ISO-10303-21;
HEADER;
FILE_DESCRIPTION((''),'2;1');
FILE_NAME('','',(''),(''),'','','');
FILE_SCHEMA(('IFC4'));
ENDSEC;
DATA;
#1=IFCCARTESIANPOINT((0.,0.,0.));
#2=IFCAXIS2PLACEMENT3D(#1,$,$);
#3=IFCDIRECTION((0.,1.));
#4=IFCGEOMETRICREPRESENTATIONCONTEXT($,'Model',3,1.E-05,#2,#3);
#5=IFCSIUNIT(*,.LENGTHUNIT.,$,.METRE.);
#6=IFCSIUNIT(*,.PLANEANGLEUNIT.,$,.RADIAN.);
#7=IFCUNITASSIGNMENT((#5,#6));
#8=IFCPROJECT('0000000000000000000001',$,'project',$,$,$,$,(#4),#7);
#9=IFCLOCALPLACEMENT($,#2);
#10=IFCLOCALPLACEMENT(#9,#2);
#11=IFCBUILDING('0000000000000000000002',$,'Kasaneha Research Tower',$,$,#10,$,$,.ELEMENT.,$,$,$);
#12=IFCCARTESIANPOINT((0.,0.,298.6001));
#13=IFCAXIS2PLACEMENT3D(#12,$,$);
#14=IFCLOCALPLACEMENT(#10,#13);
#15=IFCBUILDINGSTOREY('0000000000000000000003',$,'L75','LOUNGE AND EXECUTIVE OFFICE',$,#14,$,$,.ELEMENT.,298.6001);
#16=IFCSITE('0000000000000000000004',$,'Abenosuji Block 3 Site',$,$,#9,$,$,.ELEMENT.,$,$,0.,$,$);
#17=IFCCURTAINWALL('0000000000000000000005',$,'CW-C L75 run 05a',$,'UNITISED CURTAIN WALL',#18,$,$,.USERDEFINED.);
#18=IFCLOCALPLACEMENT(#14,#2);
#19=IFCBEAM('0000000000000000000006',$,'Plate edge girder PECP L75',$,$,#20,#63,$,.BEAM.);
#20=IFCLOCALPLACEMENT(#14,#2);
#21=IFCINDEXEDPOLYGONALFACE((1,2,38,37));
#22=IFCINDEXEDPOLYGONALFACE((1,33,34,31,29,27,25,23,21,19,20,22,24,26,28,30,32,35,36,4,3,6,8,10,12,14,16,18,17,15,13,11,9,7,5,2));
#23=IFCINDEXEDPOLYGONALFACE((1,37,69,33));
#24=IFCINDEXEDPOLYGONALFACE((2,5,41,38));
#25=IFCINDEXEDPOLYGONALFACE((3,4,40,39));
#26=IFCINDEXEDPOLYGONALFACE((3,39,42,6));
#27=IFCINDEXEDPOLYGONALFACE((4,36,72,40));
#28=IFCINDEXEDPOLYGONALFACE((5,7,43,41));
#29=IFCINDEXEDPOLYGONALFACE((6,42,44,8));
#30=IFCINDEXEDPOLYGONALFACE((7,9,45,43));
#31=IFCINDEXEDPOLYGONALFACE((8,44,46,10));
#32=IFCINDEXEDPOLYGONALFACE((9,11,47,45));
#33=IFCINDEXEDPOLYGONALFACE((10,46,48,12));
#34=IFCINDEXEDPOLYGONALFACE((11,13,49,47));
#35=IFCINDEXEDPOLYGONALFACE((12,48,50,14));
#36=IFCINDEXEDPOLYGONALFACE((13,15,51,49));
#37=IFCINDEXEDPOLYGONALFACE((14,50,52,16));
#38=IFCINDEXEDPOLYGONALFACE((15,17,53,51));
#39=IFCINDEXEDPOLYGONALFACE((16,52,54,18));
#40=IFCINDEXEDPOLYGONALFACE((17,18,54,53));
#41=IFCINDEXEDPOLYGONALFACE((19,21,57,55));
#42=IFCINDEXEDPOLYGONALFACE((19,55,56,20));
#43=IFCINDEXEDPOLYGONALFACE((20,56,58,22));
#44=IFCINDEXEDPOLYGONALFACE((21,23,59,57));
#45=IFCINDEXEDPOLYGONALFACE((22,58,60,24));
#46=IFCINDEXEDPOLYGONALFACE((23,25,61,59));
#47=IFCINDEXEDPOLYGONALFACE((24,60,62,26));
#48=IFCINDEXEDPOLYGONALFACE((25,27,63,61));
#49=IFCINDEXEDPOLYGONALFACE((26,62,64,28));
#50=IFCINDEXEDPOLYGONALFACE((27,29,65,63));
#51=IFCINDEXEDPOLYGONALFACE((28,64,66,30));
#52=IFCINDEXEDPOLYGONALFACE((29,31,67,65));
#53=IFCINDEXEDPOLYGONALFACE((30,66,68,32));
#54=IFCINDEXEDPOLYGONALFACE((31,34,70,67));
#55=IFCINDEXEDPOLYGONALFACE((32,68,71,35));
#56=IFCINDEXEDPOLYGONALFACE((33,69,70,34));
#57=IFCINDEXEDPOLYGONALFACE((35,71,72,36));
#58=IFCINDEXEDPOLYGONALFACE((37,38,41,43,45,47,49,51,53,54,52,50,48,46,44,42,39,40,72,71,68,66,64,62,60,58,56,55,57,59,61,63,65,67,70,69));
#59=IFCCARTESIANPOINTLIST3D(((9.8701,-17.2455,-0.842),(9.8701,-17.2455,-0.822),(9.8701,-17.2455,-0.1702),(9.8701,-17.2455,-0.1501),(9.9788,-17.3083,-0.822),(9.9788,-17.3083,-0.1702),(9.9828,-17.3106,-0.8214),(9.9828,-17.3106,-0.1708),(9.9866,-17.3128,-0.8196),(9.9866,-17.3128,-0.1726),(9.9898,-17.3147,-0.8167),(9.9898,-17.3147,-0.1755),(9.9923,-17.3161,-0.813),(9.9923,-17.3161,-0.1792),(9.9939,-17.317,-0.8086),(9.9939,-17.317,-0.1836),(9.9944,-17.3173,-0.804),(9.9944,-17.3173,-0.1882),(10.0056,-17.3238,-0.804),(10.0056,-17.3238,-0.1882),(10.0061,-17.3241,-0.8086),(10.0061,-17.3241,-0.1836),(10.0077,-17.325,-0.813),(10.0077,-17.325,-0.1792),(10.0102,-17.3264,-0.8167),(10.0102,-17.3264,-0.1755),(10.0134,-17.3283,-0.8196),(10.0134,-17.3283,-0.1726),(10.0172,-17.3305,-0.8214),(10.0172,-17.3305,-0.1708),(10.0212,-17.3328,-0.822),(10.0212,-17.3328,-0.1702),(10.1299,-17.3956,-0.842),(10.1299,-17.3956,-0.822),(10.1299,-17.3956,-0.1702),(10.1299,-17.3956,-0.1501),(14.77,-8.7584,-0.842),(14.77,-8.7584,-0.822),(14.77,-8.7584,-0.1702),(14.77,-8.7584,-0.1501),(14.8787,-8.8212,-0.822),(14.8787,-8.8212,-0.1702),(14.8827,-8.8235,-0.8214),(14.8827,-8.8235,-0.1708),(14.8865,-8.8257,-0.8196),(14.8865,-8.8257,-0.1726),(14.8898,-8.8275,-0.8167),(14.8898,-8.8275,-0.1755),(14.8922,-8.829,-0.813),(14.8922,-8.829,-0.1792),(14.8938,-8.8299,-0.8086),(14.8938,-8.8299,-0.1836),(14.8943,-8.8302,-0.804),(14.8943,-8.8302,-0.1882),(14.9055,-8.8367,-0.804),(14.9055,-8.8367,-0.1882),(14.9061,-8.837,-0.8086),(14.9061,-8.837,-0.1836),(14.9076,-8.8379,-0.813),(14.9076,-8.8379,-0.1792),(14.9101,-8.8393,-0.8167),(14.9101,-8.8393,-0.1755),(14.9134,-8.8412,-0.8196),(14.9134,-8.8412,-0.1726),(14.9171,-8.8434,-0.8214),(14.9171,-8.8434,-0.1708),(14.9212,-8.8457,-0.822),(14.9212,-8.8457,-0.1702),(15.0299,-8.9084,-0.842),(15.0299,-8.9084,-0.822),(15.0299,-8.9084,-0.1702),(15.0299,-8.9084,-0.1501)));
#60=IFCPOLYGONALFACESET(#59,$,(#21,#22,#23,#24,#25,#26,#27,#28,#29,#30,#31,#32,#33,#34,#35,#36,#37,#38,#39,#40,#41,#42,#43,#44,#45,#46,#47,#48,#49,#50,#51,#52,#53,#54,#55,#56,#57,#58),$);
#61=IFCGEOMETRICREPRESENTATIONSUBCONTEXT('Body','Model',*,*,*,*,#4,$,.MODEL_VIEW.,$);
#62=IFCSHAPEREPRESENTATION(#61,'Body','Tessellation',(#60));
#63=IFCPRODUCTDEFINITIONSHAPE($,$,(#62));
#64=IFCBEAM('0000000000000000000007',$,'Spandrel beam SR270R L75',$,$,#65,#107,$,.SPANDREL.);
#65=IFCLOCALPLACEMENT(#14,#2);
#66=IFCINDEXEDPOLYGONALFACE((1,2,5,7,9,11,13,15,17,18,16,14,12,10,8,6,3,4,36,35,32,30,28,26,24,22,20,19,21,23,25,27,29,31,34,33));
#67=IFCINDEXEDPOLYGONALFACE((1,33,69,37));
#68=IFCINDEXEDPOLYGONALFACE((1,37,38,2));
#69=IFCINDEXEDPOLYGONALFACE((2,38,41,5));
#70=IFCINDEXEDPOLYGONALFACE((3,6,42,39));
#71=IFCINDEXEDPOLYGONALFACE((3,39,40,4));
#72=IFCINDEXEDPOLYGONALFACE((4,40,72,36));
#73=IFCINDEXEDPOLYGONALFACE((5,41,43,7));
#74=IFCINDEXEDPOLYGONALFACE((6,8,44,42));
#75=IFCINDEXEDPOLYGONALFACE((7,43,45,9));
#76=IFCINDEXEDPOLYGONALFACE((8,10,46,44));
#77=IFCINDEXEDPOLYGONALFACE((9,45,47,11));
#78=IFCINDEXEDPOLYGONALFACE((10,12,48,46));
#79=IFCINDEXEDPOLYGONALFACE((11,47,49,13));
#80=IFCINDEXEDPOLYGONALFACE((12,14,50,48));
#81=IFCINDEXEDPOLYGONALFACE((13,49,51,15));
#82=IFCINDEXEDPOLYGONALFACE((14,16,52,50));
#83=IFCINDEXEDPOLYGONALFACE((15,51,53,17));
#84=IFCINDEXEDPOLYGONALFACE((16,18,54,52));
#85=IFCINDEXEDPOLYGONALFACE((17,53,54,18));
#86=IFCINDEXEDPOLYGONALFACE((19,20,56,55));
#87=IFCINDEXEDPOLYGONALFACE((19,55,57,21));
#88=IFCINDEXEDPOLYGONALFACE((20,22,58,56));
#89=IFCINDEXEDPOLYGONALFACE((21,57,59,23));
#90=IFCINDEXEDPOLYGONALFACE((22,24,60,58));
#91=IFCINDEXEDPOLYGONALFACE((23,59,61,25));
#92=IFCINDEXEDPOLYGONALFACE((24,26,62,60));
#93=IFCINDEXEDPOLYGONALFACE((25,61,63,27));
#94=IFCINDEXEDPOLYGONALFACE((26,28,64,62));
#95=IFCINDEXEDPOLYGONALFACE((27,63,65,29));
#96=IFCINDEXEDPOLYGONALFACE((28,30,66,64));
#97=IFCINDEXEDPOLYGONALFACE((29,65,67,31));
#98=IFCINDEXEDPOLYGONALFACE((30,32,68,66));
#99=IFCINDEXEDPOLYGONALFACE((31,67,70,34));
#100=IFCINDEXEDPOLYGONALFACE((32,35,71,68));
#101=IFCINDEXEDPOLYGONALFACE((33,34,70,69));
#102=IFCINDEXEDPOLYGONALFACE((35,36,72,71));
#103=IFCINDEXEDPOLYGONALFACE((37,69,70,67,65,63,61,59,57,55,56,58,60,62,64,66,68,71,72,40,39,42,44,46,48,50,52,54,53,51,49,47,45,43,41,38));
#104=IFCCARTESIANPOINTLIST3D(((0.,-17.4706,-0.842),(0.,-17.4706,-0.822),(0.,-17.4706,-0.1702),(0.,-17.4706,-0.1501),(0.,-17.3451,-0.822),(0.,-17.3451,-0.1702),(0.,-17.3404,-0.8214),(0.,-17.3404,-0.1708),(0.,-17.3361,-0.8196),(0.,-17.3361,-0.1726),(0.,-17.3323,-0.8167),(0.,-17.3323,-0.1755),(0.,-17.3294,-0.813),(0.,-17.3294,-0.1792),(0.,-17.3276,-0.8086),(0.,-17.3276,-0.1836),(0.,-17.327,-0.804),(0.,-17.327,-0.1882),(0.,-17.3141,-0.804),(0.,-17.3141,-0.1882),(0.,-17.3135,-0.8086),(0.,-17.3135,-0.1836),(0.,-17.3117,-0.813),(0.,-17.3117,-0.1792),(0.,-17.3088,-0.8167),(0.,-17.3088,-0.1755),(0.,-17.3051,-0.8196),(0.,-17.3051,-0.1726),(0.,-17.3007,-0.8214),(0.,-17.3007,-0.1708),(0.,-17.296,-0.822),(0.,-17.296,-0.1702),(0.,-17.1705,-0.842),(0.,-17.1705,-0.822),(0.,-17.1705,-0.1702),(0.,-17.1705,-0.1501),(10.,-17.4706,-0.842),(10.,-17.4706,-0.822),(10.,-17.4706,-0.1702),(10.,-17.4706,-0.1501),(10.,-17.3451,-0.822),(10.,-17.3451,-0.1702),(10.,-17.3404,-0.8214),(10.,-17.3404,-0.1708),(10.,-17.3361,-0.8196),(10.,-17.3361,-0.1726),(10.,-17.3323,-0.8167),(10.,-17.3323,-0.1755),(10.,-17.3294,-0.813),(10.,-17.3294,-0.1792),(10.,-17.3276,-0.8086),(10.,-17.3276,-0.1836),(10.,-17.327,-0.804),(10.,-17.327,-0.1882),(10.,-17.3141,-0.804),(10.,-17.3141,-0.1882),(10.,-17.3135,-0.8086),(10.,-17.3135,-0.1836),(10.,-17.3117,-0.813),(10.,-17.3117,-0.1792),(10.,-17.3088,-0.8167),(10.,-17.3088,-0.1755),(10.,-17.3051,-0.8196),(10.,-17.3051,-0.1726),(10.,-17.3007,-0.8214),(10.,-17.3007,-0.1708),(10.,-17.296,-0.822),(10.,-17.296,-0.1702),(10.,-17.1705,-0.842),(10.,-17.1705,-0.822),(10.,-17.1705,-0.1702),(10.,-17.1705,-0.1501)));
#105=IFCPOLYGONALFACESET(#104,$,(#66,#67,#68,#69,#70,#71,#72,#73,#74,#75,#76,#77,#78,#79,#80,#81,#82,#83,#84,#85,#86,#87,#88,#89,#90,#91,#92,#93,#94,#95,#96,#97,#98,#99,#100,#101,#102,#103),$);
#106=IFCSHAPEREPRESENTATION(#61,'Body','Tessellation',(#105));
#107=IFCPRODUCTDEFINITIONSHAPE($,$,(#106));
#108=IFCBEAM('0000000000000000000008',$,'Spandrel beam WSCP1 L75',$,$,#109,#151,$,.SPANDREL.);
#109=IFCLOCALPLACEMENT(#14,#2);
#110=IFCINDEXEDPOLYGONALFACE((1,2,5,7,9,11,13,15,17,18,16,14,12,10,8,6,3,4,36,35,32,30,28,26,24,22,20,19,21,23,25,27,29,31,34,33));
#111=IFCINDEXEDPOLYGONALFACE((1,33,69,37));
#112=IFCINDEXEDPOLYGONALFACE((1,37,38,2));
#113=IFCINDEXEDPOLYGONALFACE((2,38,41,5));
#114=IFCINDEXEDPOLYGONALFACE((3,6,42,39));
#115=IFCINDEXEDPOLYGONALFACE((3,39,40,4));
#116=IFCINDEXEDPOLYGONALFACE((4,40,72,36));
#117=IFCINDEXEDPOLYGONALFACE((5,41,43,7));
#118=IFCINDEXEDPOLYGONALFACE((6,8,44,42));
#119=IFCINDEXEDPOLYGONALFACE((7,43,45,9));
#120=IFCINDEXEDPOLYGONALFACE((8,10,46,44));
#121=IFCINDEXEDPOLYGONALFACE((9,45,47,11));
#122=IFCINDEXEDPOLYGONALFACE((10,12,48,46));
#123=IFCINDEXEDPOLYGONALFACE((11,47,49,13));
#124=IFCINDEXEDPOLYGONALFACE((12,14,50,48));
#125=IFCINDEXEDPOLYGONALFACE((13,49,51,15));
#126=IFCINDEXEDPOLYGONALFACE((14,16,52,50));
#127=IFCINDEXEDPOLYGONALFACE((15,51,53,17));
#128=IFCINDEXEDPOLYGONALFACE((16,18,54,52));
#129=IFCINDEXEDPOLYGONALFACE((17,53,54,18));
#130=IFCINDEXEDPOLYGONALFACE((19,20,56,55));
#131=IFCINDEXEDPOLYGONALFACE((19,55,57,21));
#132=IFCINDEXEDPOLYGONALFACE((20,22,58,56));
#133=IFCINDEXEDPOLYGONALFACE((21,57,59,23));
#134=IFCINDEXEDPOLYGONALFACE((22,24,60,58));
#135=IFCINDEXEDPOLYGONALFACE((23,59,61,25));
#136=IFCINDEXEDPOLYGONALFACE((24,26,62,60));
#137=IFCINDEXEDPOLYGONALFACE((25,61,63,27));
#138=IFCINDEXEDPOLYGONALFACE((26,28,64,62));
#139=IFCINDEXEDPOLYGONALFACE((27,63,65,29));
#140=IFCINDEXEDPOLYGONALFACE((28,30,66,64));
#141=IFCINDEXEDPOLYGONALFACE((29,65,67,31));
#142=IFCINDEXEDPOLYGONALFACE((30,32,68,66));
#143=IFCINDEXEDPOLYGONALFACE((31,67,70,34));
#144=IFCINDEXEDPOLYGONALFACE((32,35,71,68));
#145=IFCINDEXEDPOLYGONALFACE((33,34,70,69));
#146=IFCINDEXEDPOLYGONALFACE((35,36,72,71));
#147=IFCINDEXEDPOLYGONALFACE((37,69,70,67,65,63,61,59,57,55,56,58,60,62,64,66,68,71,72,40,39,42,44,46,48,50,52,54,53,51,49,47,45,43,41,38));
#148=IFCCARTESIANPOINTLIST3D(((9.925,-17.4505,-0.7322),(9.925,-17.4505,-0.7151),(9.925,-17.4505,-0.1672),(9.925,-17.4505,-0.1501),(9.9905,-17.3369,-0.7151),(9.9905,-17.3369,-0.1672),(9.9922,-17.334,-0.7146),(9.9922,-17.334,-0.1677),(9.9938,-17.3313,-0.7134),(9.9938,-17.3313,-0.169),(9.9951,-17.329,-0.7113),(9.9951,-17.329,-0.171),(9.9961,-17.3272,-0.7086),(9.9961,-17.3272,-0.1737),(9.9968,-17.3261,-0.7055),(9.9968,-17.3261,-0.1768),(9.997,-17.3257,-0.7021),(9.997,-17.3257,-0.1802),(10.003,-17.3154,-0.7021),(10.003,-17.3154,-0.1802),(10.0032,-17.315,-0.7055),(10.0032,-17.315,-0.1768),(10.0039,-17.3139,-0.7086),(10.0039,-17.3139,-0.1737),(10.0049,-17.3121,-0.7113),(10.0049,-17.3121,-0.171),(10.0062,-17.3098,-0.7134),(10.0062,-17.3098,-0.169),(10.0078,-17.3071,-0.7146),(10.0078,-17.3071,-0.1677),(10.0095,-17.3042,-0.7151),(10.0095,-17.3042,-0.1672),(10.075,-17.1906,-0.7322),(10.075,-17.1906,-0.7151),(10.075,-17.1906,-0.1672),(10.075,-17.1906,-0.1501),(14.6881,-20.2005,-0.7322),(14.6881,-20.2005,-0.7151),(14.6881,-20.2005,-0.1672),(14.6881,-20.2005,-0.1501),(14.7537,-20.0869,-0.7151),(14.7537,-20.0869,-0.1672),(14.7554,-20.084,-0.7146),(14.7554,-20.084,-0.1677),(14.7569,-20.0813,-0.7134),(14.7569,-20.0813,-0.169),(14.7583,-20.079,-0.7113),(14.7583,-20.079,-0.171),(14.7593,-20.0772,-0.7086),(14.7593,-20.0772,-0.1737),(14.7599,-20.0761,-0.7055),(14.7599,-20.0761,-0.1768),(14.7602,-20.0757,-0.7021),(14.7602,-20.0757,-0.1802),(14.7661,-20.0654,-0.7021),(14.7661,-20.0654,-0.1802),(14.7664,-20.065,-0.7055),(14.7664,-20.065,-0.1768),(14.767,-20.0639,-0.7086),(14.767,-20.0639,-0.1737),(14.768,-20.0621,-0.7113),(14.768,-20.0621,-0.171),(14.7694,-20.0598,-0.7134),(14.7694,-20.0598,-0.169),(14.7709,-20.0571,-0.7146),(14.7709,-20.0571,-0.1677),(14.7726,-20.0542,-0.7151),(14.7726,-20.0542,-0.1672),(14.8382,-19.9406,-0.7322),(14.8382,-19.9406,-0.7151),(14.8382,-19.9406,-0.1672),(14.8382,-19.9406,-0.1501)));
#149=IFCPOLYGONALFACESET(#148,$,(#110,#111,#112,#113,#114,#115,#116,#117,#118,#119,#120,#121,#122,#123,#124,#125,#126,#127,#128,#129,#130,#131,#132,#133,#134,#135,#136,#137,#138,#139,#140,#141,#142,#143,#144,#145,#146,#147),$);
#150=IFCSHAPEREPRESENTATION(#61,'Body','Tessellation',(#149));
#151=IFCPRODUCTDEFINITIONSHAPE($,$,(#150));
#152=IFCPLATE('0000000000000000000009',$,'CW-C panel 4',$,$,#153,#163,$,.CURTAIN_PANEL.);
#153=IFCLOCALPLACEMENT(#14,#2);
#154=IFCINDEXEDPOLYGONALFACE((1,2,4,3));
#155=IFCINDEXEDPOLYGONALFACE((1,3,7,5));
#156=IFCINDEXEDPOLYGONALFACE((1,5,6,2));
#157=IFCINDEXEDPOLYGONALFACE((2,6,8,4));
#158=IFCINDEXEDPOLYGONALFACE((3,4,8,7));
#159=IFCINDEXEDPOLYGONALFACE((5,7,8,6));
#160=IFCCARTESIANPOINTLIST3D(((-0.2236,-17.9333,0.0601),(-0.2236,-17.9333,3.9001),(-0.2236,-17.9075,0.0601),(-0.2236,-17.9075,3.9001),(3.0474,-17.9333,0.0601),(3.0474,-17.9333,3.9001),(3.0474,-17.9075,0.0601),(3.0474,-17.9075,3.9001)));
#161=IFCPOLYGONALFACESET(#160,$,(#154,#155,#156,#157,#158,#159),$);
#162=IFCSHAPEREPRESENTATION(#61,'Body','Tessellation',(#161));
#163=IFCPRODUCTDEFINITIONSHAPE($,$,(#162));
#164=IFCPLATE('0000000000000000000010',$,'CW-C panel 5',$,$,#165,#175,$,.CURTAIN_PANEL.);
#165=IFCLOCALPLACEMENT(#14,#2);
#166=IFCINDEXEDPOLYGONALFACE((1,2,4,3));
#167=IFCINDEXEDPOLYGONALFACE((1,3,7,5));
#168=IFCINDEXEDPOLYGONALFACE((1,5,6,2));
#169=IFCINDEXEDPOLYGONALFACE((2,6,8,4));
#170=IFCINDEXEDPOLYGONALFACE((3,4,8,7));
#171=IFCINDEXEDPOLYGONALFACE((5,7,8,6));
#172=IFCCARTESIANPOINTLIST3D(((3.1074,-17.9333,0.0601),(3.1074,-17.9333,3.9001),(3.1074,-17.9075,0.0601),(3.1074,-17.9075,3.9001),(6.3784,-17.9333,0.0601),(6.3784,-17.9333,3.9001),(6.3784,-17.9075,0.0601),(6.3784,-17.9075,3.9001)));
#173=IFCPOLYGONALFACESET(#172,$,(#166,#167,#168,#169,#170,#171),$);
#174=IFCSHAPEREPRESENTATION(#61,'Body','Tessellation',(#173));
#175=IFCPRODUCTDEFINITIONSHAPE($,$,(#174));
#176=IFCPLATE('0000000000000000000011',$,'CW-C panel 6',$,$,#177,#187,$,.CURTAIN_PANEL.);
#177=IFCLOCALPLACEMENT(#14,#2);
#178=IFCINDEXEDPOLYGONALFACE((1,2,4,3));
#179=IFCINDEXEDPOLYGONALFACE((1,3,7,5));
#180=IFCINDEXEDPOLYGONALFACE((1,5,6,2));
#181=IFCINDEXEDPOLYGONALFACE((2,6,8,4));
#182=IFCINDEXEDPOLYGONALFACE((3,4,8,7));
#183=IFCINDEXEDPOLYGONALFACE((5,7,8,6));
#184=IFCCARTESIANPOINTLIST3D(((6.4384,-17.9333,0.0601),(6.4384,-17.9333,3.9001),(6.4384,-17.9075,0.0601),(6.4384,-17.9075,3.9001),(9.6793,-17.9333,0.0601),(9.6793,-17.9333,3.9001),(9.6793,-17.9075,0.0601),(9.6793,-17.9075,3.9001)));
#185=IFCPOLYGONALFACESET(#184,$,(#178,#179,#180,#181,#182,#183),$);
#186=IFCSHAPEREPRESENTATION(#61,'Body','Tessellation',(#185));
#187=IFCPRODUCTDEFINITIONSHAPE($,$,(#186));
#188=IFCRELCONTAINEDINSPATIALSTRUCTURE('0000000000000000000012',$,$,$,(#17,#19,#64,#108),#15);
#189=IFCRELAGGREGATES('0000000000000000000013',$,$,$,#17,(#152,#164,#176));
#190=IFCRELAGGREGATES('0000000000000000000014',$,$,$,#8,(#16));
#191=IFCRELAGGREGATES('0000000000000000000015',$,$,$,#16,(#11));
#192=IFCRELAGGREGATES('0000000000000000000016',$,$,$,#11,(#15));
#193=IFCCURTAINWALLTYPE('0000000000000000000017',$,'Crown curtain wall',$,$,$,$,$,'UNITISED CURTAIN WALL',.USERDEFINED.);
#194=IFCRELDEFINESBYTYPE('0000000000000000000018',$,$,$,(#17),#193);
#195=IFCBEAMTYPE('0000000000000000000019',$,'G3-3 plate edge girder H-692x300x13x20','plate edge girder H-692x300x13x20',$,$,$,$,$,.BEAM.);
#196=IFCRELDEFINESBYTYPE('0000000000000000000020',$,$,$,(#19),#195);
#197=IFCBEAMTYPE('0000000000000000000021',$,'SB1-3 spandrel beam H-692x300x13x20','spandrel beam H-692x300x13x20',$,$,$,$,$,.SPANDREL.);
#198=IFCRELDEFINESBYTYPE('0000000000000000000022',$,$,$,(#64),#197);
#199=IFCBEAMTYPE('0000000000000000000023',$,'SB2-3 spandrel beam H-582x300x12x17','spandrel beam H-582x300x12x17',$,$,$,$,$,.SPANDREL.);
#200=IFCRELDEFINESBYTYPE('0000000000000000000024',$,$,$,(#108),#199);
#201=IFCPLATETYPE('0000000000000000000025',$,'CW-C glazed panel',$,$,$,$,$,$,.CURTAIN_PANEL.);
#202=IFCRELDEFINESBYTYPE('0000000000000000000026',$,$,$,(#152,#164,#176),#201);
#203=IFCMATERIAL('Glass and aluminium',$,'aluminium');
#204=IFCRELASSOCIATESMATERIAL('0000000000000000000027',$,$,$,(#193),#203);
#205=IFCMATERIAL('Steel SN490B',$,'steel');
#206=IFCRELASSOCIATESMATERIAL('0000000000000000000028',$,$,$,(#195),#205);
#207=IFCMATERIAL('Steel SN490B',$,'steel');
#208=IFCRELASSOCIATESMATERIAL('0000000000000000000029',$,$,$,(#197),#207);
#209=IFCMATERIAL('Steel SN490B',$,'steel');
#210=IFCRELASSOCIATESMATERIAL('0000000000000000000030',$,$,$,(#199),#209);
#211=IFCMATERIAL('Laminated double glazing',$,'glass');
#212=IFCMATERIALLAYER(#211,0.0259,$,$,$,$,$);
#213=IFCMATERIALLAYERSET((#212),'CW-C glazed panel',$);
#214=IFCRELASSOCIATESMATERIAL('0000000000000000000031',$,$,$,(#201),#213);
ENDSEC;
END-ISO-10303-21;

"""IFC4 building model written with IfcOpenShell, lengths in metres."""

from ifc_helpers import new_model, si_unit, direction, frame, origin, origin_2d, place, context, subcontext, project, spatial, rectangle, i_section, extrude, material, layer, layer_set, material_profile, profile_set, type_object, element, aggregate, save


model = new_model("IFC4")

# Units and contexts
model_context = context("Model", 3, precision=1e-05, world=origin(), true_north=direction((0.0, 1.0)))
body_context = subcontext(model_context, "Body", "Model", "MODEL_VIEW")
ifc_project = project(units=[si_unit("LENGTHUNIT", "METRE"), si_unit("PLANEANGLEUNIT", "RADIAN")], contexts=[model_context])

# Site, building, storey
site_placement = place(None, origin())
site = spatial("IfcSite", under=ifc_project, at=site_placement, Name="Abenosuji Block 3 Site", CompositionType="ELEMENT", RefElevation=0.0)
building_placement = place(site_placement, origin())
building = spatial("IfcBuilding", under=site, at=building_placement, Name="Kasaneha Research Tower", CompositionType="ELEMENT")
storey_placement = place(building_placement, frame((0.0, 0.0, 298.6001)))
storey = spatial("IfcBuildingStorey", under=building, at=storey_placement, Name="L75", Description="LOUNGE AND EXECUTIVE OFFICE", CompositionType="ELEMENT", Elevation=298.6001)

# Curtain wall
ifc_material_1 = material(Name="Glass and aluminium", Category="aluminium")
curtain_wall_type = type_object("IfcCurtainWallType", Name="Crown curtain wall", ElementType="UNITISED CURTAIN WALL", PredefinedType="USERDEFINED", material=ifc_material_1)
curtain_wall_1_placement = place(storey_placement, origin())
curtain_wall_1 = element("IfcCurtainWall", 1, at=curtain_wall_1_placement, inside=storey, type_object=curtain_wall_type, Name="CW-C L75 run 05a", ObjectType="UNITISED CURTAIN WALL", PredefinedType="USERDEFINED")

# Beams
ifc_material_2 = material(Name="Steel SN490B", Category="steel")
ifc_material_profile_1 = material_profile(ifc_material_2, i_section(OverallWidth=0.3, OverallDepth=0.6919, WebThickness=0.0129, FlangeThickness=0.02, FilletRadius=0.0181, at=origin_2d()), Name="H-692x300x13x20")
ifc_profile_set_1 = profile_set([ifc_material_profile_1], Name="Steel SN490B")
beam_type_1 = type_object("IfcBeamType", Name="G3-3 plate edge girder H-692x300x13x20", Description="plate edge girder H-692x300x13x20", PredefinedType="BEAM", material=ifc_profile_set_1)
beam_1_placement = place(storey_placement, frame((10.0, -17.3206, -0.4961), z_axis=(0.499992, 0.86603, 0.0), x_axis=(-0.86603, 0.499992, 0.0)))
element("IfcBeam", 2, at=beam_1_placement, inside=storey, type_object=beam_type_1, Name="Plate edge girder PECP L75", PredefinedType="BEAM", context=body_context, shape_type="SweptSolid", body=[
    extrude(i_section(OverallWidth=0.3, OverallDepth=0.6919, WebThickness=0.0129, FlangeThickness=0.02, FilletRadius=0.0181, at=origin_2d()), origin(), (0.0, 0.0, 1.0), 9.8),
])
ifc_material_3 = material(Name="Steel SN490B", Category="steel")
ifc_material_profile_2 = material_profile(ifc_material_3, i_section(OverallWidth=0.3, OverallDepth=0.6919, WebThickness=0.0129, FlangeThickness=0.02, FilletRadius=0.0181, at=origin_2d()), Name="H-692x300x13x20")
ifc_profile_set_2 = profile_set([ifc_material_profile_2], Name="Steel SN490B")
beam_type_2 = type_object("IfcBeamType", Name="SB1-3 spandrel beam H-692x300x13x20", Description="spandrel beam H-692x300x13x20", PredefinedType="SPANDREL", material=ifc_profile_set_2)
beam_2_placement = place(storey_placement, frame((10.0, -17.3206, -0.4961), z_axis=(-1.0, 0.0, 0.0), x_axis=(0.0, -1.0, 0.0)))
element("IfcBeam", 3, at=beam_2_placement, inside=storey, type_object=beam_type_2, Name="Spandrel beam SR270R L75", PredefinedType="SPANDREL", context=body_context, shape_type="SweptSolid", body=[
    extrude(i_section(OverallWidth=0.3, OverallDepth=0.6919, WebThickness=0.0129, FlangeThickness=0.02, FilletRadius=0.0181, at=origin_2d()), origin(), (0.0, 0.0, 1.0), 10.0),
])
ifc_material_4 = material(Name="Steel SN490B", Category="steel")
ifc_material_profile_3 = material_profile(ifc_material_4, i_section(OverallWidth=0.3, OverallDepth=0.582, WebThickness=0.012, FlangeThickness=0.0171, FilletRadius=0.0129, at=origin_2d()), Name="H-582x300x12x17")
ifc_profile_set_3 = profile_set([ifc_material_profile_3], Name="Steel SN490B")
beam_type_3 = type_object("IfcBeamType", Name="SB2-3 spandrel beam H-582x300x12x17", Description="spandrel beam H-582x300x12x17", PredefinedType="SPANDREL", material=ifc_profile_set_3)
beam_3_placement = place(storey_placement, frame((10.0, -17.3206, -0.4412), z_axis=(0.866027, -0.499997, 0.0), x_axis=(0.499997, 0.866027, 0.0)))
element("IfcBeam", 4, at=beam_3_placement, inside=storey, type_object=beam_type_3, Name="Spandrel beam WSCP1 L75", PredefinedType="SPANDREL", context=body_context, shape_type="SweptSolid", body=[
    extrude(i_section(OverallWidth=0.3, OverallDepth=0.582, WebThickness=0.012, FlangeThickness=0.0171, FilletRadius=0.0129, at=origin_2d()), origin(), (0.0, 0.0, 1.0), 5.5),
])

# Plates
ifc_material_5 = material(Name="Laminated double glazing", Category="glass")
ifc_layer_1 = layer(ifc_material_5, 0.0259)
ifc_layer_set_1 = layer_set([ifc_layer_1], Name="CW-C glazed panel")
plate_type = type_object("IfcPlateType", Name="CW-C glazed panel", PredefinedType="CURTAIN_PANEL", material=ifc_layer_set_1)
plate_1_placement = place(storey_placement, frame((1.4119, -17.9204, 0.0601), z_axis=(0.0, 0.0, 1.0), x_axis=(1.0, 0.0, 0.0)))
plate_1 = element("IfcPlate", 5, at=plate_1_placement, type_object=plate_type, Name="CW-C panel 4", PredefinedType="CURTAIN_PANEL", context=body_context, shape_type="SweptSolid", body=[
    extrude(rectangle(XDim=3.271, YDim=0.0259, at=origin_2d()), origin(), (0.0, 0.0, 1.0), 3.8401),
])
plate_2_placement = place(storey_placement, frame((4.7429, -17.9204, 0.0601), z_axis=(0.0, 0.0, 1.0), x_axis=(1.0, 0.0, 0.0)))
plate_2 = element("IfcPlate", 6, at=plate_2_placement, type_object=plate_type, Name="CW-C panel 5", PredefinedType="CURTAIN_PANEL", context=body_context, shape_type="SweptSolid", body=[
    extrude(rectangle(XDim=3.271, YDim=0.0259, at=origin_2d()), origin(), (0.0, 0.0, 1.0), 3.8401),
])
plate_3_placement = place(storey_placement, frame((8.0588, -17.9204, 0.0601), z_axis=(0.0, 0.0, 1.0), x_axis=(1.0, 0.0, 0.0)))
plate_3 = element("IfcPlate", 7, at=plate_3_placement, type_object=plate_type, Name="CW-C panel 6", PredefinedType="CURTAIN_PANEL", context=body_context, shape_type="SweptSolid", body=[
    extrude(rectangle(XDim=3.241, YDim=0.0259, at=origin_2d()), origin(), (0.0, 0.0, 1.0), 3.8401),
])
aggregate(curtain_wall_1, [plate_1, plate_2, plate_3])

save(model, "model.ifc")
